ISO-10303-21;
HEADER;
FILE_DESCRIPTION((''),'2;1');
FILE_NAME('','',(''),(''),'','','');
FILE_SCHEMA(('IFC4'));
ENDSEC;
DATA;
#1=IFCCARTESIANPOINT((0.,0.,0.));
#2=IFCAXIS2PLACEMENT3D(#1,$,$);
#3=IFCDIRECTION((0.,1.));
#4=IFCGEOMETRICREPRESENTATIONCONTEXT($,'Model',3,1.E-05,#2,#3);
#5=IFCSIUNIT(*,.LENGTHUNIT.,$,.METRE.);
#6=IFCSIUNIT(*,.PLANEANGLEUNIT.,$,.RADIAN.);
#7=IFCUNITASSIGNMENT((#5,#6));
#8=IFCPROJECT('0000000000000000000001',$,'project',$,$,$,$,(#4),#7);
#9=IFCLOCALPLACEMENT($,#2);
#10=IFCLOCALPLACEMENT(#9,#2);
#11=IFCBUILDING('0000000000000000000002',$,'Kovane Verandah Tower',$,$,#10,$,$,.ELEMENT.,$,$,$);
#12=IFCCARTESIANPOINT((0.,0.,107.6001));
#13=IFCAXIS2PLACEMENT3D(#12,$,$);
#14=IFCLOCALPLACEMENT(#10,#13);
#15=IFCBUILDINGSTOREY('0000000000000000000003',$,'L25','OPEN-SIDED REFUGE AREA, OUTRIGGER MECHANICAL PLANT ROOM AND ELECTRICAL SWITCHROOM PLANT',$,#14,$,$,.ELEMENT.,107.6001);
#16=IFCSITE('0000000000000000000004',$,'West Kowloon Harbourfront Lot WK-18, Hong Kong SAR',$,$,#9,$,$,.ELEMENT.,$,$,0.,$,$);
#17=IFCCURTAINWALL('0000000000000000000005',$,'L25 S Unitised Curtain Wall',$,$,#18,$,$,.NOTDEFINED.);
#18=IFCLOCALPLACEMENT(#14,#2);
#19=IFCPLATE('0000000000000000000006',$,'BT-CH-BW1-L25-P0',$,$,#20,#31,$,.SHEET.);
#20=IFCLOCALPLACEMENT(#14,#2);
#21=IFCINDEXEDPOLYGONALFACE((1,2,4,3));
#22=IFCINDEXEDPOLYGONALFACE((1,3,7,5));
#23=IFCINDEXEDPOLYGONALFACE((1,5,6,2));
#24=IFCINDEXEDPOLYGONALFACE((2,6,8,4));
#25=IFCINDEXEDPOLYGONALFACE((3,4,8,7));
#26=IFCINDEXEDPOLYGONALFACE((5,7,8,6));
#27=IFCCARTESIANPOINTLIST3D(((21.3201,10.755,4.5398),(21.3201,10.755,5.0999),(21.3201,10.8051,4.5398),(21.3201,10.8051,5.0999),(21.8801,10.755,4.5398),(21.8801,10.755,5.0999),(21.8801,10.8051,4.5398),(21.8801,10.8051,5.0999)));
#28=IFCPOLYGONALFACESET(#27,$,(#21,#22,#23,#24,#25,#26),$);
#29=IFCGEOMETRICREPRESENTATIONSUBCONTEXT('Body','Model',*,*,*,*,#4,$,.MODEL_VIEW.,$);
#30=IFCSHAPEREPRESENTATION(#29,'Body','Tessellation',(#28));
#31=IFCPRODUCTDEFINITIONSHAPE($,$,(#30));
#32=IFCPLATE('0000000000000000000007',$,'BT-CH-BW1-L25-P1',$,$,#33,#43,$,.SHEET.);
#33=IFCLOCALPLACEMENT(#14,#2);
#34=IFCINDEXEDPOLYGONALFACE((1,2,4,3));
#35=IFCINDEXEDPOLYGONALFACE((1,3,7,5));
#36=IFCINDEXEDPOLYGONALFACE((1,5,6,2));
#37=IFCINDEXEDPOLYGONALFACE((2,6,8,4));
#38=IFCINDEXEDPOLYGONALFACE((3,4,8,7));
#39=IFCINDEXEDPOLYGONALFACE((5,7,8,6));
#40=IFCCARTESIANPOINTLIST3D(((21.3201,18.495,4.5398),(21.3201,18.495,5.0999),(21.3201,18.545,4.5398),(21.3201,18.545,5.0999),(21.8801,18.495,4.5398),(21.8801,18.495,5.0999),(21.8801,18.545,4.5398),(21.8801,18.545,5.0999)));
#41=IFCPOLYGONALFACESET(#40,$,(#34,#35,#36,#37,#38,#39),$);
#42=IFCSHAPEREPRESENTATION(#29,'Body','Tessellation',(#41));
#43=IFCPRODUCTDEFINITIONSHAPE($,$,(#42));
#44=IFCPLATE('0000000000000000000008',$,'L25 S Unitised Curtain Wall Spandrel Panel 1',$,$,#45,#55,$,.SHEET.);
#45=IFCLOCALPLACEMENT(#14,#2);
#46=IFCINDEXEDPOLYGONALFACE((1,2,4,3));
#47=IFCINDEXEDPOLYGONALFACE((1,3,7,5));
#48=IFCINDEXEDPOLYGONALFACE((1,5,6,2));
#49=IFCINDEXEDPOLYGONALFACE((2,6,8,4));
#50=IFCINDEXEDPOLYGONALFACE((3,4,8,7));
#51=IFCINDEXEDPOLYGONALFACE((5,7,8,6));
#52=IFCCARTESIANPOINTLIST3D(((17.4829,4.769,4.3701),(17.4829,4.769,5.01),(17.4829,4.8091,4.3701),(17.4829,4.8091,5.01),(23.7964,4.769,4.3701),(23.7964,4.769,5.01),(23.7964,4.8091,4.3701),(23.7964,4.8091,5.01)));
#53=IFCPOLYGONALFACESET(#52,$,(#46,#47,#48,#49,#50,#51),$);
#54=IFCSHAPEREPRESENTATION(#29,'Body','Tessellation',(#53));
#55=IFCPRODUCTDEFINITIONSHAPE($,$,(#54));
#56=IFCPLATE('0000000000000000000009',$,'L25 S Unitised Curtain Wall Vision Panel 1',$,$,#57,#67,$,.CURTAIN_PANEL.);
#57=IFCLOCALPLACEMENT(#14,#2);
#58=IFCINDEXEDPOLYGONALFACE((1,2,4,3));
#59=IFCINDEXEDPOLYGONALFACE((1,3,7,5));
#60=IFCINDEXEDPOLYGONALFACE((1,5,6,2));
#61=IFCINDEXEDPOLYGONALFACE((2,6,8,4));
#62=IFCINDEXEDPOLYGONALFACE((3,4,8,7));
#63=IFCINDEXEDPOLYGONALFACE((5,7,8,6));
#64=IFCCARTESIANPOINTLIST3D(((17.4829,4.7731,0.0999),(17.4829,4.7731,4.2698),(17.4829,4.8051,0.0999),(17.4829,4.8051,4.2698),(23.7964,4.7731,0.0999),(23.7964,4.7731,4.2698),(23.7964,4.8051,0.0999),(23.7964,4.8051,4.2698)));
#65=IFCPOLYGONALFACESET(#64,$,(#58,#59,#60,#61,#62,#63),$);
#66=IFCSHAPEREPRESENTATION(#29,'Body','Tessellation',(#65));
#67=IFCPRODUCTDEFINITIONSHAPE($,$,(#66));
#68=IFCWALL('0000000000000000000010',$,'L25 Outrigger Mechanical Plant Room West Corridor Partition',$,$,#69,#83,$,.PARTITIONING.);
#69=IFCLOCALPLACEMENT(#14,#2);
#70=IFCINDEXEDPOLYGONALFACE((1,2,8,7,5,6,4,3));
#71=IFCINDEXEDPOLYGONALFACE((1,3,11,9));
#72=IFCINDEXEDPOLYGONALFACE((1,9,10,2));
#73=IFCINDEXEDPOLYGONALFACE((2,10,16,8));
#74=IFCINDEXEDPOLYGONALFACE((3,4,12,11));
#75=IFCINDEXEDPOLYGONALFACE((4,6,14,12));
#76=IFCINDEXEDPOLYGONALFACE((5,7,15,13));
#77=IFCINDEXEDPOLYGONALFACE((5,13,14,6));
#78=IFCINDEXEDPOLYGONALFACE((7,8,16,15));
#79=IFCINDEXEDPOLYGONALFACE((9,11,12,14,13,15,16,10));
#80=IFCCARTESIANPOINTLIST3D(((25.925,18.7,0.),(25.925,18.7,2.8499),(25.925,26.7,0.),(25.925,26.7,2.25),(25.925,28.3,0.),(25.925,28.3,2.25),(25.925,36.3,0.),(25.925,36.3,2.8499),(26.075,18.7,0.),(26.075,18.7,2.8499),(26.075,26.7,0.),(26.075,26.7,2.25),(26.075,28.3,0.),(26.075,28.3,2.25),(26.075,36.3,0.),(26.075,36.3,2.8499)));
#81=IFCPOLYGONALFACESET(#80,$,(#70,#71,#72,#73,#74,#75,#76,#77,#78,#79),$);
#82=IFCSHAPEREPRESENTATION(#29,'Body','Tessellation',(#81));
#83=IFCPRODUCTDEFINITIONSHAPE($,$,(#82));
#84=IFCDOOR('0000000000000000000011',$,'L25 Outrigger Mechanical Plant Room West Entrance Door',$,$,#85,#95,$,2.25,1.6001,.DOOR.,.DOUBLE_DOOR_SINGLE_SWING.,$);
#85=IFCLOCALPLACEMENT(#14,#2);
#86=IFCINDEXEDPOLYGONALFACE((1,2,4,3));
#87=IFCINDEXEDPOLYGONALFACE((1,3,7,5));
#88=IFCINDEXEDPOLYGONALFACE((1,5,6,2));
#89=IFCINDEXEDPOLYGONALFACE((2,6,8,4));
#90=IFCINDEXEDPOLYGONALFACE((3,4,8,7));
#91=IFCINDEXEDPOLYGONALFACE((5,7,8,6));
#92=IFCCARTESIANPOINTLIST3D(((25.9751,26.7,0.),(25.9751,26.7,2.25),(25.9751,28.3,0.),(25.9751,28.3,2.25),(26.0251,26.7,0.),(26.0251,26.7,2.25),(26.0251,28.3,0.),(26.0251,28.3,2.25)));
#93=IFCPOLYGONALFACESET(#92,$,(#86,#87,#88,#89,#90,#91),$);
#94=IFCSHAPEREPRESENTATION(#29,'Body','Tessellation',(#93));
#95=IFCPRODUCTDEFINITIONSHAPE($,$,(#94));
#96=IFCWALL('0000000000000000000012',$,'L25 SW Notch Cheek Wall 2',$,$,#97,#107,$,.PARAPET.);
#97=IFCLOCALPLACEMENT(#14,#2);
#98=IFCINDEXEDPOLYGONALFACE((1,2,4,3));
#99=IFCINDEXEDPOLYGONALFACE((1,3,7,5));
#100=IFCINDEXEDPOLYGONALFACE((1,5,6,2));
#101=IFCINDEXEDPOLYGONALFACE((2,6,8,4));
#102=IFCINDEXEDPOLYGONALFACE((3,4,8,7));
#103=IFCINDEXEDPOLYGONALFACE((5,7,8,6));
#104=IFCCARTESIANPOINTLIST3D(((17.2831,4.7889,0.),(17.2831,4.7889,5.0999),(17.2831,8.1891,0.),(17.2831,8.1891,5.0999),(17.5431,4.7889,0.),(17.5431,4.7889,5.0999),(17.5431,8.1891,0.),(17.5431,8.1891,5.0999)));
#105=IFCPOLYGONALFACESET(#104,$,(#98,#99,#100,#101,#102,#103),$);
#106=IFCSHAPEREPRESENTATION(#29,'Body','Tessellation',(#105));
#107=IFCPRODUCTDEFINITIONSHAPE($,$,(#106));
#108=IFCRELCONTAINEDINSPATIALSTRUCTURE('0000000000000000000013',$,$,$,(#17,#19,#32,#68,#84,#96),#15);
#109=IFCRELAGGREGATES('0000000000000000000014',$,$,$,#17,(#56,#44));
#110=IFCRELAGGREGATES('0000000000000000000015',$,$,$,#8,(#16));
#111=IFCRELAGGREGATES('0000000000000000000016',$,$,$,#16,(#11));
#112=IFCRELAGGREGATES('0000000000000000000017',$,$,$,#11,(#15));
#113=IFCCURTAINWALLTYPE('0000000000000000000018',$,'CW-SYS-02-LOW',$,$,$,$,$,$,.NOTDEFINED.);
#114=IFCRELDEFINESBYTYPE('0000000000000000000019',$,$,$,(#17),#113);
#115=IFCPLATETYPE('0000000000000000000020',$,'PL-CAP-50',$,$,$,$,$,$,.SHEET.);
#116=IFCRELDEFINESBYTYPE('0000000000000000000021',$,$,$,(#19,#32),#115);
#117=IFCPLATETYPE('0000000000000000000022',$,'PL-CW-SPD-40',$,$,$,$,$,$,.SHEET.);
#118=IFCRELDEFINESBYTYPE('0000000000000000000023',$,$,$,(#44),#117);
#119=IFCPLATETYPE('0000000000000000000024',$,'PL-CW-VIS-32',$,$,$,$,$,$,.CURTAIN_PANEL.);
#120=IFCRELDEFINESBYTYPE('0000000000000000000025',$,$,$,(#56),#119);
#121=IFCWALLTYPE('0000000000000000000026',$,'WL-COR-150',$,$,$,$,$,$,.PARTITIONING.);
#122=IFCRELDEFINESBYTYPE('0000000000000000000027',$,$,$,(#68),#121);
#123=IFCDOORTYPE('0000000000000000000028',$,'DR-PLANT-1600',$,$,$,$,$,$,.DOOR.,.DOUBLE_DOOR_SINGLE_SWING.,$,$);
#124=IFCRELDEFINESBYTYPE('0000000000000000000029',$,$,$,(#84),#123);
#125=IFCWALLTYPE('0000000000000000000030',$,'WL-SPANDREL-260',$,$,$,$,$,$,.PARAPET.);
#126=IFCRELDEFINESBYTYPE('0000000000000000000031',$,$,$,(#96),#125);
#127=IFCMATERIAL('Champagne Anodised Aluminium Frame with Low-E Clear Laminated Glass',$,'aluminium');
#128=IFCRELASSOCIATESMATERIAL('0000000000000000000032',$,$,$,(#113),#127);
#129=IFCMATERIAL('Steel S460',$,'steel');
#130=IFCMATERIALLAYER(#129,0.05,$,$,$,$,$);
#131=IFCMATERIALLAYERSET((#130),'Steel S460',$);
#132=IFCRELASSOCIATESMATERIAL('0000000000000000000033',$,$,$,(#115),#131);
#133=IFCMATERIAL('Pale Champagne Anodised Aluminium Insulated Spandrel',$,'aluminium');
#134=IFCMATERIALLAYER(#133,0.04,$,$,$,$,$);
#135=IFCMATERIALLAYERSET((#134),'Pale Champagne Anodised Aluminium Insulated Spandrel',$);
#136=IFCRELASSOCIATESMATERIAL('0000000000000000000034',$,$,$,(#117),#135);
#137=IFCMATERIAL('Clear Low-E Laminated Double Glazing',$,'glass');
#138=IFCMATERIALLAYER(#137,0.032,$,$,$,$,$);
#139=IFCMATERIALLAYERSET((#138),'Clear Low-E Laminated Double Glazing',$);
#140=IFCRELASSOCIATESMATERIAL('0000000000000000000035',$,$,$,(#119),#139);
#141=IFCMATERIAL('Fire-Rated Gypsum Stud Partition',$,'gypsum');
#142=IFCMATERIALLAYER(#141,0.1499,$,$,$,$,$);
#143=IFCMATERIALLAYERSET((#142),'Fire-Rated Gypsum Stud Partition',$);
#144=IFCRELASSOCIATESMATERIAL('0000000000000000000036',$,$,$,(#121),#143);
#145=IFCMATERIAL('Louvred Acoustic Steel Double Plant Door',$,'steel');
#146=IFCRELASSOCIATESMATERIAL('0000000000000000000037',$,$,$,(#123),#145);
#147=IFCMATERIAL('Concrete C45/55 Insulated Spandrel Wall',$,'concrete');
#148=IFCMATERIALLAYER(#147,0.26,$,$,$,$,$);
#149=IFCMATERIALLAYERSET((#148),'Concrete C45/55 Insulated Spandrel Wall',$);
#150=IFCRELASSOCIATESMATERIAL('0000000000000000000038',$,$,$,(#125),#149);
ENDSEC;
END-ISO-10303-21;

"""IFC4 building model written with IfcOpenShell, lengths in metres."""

from ifc_helpers import new_model, si_unit, direction, frame, frame_2d, origin, origin_2d, place, context, subcontext, project, spatial, rectangle, extrude, material, layer, layer_set, type_object, element, fill, aggregate, save


model = new_model("IFC4")

# Units and contexts
model_context = context("Model", 3, precision=1e-05, world=origin(), true_north=direction((0.0, 1.0)))
body_context = subcontext(model_context, "Body", "Model", "MODEL_VIEW")
ifc_project = project(units=[si_unit("LENGTHUNIT", "METRE"), si_unit("PLANEANGLEUNIT", "RADIAN")], contexts=[model_context])

# Site, building, storey
site_placement = place(None, origin())
site = spatial("IfcSite", under=ifc_project, at=site_placement, Name="West Kowloon Harbourfront Lot WK-18, Hong Kong SAR", CompositionType="ELEMENT", RefElevation=0.0)
building_placement = place(site_placement, origin())
building = spatial("IfcBuilding", under=site, at=building_placement, Name="Kovane Verandah Tower", CompositionType="ELEMENT")
storey_placement = place(building_placement, frame((0.0, 0.0, 107.6001)))
storey = spatial("IfcBuildingStorey", under=building, at=storey_placement, Name="L25", Description="OPEN-SIDED REFUGE AREA, OUTRIGGER MECHANICAL PLANT ROOM AND ELECTRICAL SWITCHROOM PLANT", CompositionType="ELEMENT", Elevation=107.6001)

# Shared definitions
ifc_material_1 = material(Name="Steel S460", Category="steel")

# Curtain wall
ifc_material_2 = material(Name="Champagne Anodised Aluminium Frame with Low-E Clear Laminated Glass", Category="aluminium")
curtain_wall_type = type_object("IfcCurtainWallType", Name="CW-SYS-02-LOW", PredefinedType="NOTDEFINED", material=ifc_material_2)
curtain_wall_placement = place(storey_placement, origin())
curtain_wall = element("IfcCurtainWall", 1, at=curtain_wall_placement, inside=storey, type_object=curtain_wall_type, Name="L25 S Unitised Curtain Wall", PredefinedType="NOTDEFINED")

# Plates
ifc_layer_1 = layer(ifc_material_1, 0.05)
ifc_layer_set_1 = layer_set([ifc_layer_1], Name="Steel S460")
plate_type_1 = type_object("IfcPlateType", Name="PL-CAP-50", PredefinedType="SHEET", material=ifc_layer_set_1)
for number, where, z_axis, x_axis, name in (
    (2, (21.6001, 10.78, 4.5398), (0.0, 0.0, 1.0), (0.0, 1.0, 0.0), "BT-CH-BW1-L25-P0"),
    (3, (21.6001, 18.52, 4.5398), (0.0, 0.0, 1.0), (0.0, 1.0, 0.0), "BT-CH-BW1-L25-P1"),
):
    element("IfcPlate", number, at=place(storey_placement, frame(where, z_axis=z_axis, x_axis=x_axis)), inside=storey, type_object=plate_type_1, Name=name, PredefinedType="SHEET", context=body_context, shape_type="SweptSolid", body=[
        extrude(rectangle(XDim=0.05, YDim=0.5601, at=origin_2d()), origin(), (0.0, 0.0, 1.0), 0.5601),
    ])

# Plates
ifc_material_3 = material(Name="Pale Champagne Anodised Aluminium Insulated Spandrel", Category="aluminium")
ifc_layer_2 = layer(ifc_material_3, 0.04)
ifc_layer_set_2 = layer_set([ifc_layer_2], Name="Pale Champagne Anodised Aluminium Insulated Spandrel")
plate_type_2 = type_object("IfcPlateType", Name="PL-CW-SPD-40", PredefinedType="SHEET", material=ifc_layer_set_2)
plate_1_placement = place(storey_placement, frame((20.6396, 4.7891, 4.3701), z_axis=(0.0, 0.0, 1.0), x_axis=(1.0, 0.0, 0.0)))
plate_1 = element("IfcPlate", 4, at=plate_1_placement, type_object=plate_type_2, Name="L25 S Unitised Curtain Wall Spandrel Panel 1", PredefinedType="SHEET", context=body_context, shape_type="SweptSolid", body=[
    extrude(rectangle(XDim=6.3135, YDim=0.04, at=origin_2d()), origin(), (0.0, 0.0, 1.0), 0.6399),
])
ifc_material_4 = material(Name="Clear Low-E Laminated Double Glazing", Category="glass")
ifc_layer_3 = layer(ifc_material_4, 0.032)
ifc_layer_set_3 = layer_set([ifc_layer_3], Name="Clear Low-E Laminated Double Glazing")
plate_type_3 = type_object("IfcPlateType", Name="PL-CW-VIS-32", PredefinedType="CURTAIN_PANEL", material=ifc_layer_set_3)
plate_2_placement = place(storey_placement, frame((20.6396, 4.7891, 0.0999), z_axis=(0.0, 0.0, 1.0), x_axis=(1.0, 0.0, 0.0)))
plate_2 = element("IfcPlate", 5, at=plate_2_placement, type_object=plate_type_3, Name="L25 S Unitised Curtain Wall Vision Panel 1", PredefinedType="CURTAIN_PANEL", context=body_context, shape_type="SweptSolid", body=[
    extrude(rectangle(XDim=6.3135, YDim=0.032, at=origin_2d()), origin(), (0.0, 0.0, 1.0), 4.1699),
])
aggregate(curtain_wall, [plate_2, plate_1])

# Wall, opening, door
ifc_material_5 = material(Name="Fire-Rated Gypsum Stud Partition", Category="gypsum")
ifc_layer_4 = layer(ifc_material_5, 0.1499)
ifc_layer_set_4 = layer_set([ifc_layer_4], Name="Fire-Rated Gypsum Stud Partition")
wall_type_1 = type_object("IfcWallType", Name="WL-COR-150", PredefinedType="PARTITIONING", material=ifc_layer_set_4)
wall_1_placement = place(storey_placement, frame((26.0, 18.7, 0.0), z_axis=(0.0, 0.0, 1.0), x_axis=(0.0, 1.0, 0.0)))
wall_1 = element("IfcWall", 6, at=wall_1_placement, inside=storey, type_object=wall_type_1, Name="L25 Outrigger Mechanical Plant Room West Corridor Partition", PredefinedType="PARTITIONING", context=body_context, shape_type="SweptSolid", body=[
    extrude(rectangle(XDim=17.6001, YDim=0.1499, at=frame_2d((8.8, 0.0))), origin(), (0.0, 0.0, 1.0), 2.8499),
])
opening_placement = place(wall_1_placement, frame((8.0, 0.0, 0.0)))
opening = element("IfcOpeningElement", 7, at=opening_placement, cuts=wall_1, PredefinedType="OPENING", context=body_context, shape_type="SweptSolid", body=[
    extrude(rectangle(XDim=1.6001, YDim=2.25, at=frame_2d((0.8, 1.125))), frame((0.0, 0.075, 0.0), z_axis=(0.0, -1.0, 0.0), x_axis=(1.0, 0.0, 0.0)), (0.0, 0.0, 1.0), 0.1499),
])
ifc_material_6 = material(Name="Louvred Acoustic Steel Double Plant Door", Category="steel")
door_type = type_object("IfcDoorType", Name="DR-PLANT-1600", OperationType="DOUBLE_DOOR_SINGLE_SWING", PredefinedType="DOOR", material=ifc_material_6)
door_placement = place(opening_placement, origin())
door = element("IfcDoor", 8, at=door_placement, inside=storey, type_object=door_type, Name="L25 Outrigger Mechanical Plant Room West Entrance Door", OperationType="DOUBLE_DOOR_SINGLE_SWING", OverallHeight=2.25, OverallWidth=1.6001, PredefinedType="DOOR", context=body_context, shape_type="SweptSolid", body=[
    extrude(rectangle(XDim=1.6001, YDim=2.25, at=frame_2d((0.8, 1.125))), frame((0.0, 0.0249, 0.0), z_axis=(0.0, -1.0, 0.0), x_axis=(1.0, 0.0, 0.0)), (0.0, 0.0, 1.0), 0.05),
])
fill(opening, door)

# Wall
ifc_material_7 = material(Name="Concrete C45/55 Insulated Spandrel Wall", Category="concrete")
ifc_layer_5 = layer(ifc_material_7, 0.26)
ifc_layer_set_5 = layer_set([ifc_layer_5], Name="Concrete C45/55 Insulated Spandrel Wall")
wall_type_2 = type_object("IfcWallType", Name="WL-SPANDREL-260", PredefinedType="PARAPET", material=ifc_layer_set_5)
wall_2_placement = place(storey_placement, frame((17.4131, 8.1892, 0.0), z_axis=(0.0, 0.0, 1.0), x_axis=(0.0, -1.0, 0.0)))
element("IfcWall", 9, at=wall_2_placement, inside=storey, type_object=wall_type_2, Name="L25 SW Notch Cheek Wall 2", PredefinedType="PARAPET", context=body_context, shape_type="SweptSolid", body=[
    extrude(rectangle(XDim=3.4001, YDim=0.26, at=frame_2d((1.7002, 0.0))), origin(), (0.0, 0.0, 1.0), 5.0999),
])

save(model, "model.ifc")
